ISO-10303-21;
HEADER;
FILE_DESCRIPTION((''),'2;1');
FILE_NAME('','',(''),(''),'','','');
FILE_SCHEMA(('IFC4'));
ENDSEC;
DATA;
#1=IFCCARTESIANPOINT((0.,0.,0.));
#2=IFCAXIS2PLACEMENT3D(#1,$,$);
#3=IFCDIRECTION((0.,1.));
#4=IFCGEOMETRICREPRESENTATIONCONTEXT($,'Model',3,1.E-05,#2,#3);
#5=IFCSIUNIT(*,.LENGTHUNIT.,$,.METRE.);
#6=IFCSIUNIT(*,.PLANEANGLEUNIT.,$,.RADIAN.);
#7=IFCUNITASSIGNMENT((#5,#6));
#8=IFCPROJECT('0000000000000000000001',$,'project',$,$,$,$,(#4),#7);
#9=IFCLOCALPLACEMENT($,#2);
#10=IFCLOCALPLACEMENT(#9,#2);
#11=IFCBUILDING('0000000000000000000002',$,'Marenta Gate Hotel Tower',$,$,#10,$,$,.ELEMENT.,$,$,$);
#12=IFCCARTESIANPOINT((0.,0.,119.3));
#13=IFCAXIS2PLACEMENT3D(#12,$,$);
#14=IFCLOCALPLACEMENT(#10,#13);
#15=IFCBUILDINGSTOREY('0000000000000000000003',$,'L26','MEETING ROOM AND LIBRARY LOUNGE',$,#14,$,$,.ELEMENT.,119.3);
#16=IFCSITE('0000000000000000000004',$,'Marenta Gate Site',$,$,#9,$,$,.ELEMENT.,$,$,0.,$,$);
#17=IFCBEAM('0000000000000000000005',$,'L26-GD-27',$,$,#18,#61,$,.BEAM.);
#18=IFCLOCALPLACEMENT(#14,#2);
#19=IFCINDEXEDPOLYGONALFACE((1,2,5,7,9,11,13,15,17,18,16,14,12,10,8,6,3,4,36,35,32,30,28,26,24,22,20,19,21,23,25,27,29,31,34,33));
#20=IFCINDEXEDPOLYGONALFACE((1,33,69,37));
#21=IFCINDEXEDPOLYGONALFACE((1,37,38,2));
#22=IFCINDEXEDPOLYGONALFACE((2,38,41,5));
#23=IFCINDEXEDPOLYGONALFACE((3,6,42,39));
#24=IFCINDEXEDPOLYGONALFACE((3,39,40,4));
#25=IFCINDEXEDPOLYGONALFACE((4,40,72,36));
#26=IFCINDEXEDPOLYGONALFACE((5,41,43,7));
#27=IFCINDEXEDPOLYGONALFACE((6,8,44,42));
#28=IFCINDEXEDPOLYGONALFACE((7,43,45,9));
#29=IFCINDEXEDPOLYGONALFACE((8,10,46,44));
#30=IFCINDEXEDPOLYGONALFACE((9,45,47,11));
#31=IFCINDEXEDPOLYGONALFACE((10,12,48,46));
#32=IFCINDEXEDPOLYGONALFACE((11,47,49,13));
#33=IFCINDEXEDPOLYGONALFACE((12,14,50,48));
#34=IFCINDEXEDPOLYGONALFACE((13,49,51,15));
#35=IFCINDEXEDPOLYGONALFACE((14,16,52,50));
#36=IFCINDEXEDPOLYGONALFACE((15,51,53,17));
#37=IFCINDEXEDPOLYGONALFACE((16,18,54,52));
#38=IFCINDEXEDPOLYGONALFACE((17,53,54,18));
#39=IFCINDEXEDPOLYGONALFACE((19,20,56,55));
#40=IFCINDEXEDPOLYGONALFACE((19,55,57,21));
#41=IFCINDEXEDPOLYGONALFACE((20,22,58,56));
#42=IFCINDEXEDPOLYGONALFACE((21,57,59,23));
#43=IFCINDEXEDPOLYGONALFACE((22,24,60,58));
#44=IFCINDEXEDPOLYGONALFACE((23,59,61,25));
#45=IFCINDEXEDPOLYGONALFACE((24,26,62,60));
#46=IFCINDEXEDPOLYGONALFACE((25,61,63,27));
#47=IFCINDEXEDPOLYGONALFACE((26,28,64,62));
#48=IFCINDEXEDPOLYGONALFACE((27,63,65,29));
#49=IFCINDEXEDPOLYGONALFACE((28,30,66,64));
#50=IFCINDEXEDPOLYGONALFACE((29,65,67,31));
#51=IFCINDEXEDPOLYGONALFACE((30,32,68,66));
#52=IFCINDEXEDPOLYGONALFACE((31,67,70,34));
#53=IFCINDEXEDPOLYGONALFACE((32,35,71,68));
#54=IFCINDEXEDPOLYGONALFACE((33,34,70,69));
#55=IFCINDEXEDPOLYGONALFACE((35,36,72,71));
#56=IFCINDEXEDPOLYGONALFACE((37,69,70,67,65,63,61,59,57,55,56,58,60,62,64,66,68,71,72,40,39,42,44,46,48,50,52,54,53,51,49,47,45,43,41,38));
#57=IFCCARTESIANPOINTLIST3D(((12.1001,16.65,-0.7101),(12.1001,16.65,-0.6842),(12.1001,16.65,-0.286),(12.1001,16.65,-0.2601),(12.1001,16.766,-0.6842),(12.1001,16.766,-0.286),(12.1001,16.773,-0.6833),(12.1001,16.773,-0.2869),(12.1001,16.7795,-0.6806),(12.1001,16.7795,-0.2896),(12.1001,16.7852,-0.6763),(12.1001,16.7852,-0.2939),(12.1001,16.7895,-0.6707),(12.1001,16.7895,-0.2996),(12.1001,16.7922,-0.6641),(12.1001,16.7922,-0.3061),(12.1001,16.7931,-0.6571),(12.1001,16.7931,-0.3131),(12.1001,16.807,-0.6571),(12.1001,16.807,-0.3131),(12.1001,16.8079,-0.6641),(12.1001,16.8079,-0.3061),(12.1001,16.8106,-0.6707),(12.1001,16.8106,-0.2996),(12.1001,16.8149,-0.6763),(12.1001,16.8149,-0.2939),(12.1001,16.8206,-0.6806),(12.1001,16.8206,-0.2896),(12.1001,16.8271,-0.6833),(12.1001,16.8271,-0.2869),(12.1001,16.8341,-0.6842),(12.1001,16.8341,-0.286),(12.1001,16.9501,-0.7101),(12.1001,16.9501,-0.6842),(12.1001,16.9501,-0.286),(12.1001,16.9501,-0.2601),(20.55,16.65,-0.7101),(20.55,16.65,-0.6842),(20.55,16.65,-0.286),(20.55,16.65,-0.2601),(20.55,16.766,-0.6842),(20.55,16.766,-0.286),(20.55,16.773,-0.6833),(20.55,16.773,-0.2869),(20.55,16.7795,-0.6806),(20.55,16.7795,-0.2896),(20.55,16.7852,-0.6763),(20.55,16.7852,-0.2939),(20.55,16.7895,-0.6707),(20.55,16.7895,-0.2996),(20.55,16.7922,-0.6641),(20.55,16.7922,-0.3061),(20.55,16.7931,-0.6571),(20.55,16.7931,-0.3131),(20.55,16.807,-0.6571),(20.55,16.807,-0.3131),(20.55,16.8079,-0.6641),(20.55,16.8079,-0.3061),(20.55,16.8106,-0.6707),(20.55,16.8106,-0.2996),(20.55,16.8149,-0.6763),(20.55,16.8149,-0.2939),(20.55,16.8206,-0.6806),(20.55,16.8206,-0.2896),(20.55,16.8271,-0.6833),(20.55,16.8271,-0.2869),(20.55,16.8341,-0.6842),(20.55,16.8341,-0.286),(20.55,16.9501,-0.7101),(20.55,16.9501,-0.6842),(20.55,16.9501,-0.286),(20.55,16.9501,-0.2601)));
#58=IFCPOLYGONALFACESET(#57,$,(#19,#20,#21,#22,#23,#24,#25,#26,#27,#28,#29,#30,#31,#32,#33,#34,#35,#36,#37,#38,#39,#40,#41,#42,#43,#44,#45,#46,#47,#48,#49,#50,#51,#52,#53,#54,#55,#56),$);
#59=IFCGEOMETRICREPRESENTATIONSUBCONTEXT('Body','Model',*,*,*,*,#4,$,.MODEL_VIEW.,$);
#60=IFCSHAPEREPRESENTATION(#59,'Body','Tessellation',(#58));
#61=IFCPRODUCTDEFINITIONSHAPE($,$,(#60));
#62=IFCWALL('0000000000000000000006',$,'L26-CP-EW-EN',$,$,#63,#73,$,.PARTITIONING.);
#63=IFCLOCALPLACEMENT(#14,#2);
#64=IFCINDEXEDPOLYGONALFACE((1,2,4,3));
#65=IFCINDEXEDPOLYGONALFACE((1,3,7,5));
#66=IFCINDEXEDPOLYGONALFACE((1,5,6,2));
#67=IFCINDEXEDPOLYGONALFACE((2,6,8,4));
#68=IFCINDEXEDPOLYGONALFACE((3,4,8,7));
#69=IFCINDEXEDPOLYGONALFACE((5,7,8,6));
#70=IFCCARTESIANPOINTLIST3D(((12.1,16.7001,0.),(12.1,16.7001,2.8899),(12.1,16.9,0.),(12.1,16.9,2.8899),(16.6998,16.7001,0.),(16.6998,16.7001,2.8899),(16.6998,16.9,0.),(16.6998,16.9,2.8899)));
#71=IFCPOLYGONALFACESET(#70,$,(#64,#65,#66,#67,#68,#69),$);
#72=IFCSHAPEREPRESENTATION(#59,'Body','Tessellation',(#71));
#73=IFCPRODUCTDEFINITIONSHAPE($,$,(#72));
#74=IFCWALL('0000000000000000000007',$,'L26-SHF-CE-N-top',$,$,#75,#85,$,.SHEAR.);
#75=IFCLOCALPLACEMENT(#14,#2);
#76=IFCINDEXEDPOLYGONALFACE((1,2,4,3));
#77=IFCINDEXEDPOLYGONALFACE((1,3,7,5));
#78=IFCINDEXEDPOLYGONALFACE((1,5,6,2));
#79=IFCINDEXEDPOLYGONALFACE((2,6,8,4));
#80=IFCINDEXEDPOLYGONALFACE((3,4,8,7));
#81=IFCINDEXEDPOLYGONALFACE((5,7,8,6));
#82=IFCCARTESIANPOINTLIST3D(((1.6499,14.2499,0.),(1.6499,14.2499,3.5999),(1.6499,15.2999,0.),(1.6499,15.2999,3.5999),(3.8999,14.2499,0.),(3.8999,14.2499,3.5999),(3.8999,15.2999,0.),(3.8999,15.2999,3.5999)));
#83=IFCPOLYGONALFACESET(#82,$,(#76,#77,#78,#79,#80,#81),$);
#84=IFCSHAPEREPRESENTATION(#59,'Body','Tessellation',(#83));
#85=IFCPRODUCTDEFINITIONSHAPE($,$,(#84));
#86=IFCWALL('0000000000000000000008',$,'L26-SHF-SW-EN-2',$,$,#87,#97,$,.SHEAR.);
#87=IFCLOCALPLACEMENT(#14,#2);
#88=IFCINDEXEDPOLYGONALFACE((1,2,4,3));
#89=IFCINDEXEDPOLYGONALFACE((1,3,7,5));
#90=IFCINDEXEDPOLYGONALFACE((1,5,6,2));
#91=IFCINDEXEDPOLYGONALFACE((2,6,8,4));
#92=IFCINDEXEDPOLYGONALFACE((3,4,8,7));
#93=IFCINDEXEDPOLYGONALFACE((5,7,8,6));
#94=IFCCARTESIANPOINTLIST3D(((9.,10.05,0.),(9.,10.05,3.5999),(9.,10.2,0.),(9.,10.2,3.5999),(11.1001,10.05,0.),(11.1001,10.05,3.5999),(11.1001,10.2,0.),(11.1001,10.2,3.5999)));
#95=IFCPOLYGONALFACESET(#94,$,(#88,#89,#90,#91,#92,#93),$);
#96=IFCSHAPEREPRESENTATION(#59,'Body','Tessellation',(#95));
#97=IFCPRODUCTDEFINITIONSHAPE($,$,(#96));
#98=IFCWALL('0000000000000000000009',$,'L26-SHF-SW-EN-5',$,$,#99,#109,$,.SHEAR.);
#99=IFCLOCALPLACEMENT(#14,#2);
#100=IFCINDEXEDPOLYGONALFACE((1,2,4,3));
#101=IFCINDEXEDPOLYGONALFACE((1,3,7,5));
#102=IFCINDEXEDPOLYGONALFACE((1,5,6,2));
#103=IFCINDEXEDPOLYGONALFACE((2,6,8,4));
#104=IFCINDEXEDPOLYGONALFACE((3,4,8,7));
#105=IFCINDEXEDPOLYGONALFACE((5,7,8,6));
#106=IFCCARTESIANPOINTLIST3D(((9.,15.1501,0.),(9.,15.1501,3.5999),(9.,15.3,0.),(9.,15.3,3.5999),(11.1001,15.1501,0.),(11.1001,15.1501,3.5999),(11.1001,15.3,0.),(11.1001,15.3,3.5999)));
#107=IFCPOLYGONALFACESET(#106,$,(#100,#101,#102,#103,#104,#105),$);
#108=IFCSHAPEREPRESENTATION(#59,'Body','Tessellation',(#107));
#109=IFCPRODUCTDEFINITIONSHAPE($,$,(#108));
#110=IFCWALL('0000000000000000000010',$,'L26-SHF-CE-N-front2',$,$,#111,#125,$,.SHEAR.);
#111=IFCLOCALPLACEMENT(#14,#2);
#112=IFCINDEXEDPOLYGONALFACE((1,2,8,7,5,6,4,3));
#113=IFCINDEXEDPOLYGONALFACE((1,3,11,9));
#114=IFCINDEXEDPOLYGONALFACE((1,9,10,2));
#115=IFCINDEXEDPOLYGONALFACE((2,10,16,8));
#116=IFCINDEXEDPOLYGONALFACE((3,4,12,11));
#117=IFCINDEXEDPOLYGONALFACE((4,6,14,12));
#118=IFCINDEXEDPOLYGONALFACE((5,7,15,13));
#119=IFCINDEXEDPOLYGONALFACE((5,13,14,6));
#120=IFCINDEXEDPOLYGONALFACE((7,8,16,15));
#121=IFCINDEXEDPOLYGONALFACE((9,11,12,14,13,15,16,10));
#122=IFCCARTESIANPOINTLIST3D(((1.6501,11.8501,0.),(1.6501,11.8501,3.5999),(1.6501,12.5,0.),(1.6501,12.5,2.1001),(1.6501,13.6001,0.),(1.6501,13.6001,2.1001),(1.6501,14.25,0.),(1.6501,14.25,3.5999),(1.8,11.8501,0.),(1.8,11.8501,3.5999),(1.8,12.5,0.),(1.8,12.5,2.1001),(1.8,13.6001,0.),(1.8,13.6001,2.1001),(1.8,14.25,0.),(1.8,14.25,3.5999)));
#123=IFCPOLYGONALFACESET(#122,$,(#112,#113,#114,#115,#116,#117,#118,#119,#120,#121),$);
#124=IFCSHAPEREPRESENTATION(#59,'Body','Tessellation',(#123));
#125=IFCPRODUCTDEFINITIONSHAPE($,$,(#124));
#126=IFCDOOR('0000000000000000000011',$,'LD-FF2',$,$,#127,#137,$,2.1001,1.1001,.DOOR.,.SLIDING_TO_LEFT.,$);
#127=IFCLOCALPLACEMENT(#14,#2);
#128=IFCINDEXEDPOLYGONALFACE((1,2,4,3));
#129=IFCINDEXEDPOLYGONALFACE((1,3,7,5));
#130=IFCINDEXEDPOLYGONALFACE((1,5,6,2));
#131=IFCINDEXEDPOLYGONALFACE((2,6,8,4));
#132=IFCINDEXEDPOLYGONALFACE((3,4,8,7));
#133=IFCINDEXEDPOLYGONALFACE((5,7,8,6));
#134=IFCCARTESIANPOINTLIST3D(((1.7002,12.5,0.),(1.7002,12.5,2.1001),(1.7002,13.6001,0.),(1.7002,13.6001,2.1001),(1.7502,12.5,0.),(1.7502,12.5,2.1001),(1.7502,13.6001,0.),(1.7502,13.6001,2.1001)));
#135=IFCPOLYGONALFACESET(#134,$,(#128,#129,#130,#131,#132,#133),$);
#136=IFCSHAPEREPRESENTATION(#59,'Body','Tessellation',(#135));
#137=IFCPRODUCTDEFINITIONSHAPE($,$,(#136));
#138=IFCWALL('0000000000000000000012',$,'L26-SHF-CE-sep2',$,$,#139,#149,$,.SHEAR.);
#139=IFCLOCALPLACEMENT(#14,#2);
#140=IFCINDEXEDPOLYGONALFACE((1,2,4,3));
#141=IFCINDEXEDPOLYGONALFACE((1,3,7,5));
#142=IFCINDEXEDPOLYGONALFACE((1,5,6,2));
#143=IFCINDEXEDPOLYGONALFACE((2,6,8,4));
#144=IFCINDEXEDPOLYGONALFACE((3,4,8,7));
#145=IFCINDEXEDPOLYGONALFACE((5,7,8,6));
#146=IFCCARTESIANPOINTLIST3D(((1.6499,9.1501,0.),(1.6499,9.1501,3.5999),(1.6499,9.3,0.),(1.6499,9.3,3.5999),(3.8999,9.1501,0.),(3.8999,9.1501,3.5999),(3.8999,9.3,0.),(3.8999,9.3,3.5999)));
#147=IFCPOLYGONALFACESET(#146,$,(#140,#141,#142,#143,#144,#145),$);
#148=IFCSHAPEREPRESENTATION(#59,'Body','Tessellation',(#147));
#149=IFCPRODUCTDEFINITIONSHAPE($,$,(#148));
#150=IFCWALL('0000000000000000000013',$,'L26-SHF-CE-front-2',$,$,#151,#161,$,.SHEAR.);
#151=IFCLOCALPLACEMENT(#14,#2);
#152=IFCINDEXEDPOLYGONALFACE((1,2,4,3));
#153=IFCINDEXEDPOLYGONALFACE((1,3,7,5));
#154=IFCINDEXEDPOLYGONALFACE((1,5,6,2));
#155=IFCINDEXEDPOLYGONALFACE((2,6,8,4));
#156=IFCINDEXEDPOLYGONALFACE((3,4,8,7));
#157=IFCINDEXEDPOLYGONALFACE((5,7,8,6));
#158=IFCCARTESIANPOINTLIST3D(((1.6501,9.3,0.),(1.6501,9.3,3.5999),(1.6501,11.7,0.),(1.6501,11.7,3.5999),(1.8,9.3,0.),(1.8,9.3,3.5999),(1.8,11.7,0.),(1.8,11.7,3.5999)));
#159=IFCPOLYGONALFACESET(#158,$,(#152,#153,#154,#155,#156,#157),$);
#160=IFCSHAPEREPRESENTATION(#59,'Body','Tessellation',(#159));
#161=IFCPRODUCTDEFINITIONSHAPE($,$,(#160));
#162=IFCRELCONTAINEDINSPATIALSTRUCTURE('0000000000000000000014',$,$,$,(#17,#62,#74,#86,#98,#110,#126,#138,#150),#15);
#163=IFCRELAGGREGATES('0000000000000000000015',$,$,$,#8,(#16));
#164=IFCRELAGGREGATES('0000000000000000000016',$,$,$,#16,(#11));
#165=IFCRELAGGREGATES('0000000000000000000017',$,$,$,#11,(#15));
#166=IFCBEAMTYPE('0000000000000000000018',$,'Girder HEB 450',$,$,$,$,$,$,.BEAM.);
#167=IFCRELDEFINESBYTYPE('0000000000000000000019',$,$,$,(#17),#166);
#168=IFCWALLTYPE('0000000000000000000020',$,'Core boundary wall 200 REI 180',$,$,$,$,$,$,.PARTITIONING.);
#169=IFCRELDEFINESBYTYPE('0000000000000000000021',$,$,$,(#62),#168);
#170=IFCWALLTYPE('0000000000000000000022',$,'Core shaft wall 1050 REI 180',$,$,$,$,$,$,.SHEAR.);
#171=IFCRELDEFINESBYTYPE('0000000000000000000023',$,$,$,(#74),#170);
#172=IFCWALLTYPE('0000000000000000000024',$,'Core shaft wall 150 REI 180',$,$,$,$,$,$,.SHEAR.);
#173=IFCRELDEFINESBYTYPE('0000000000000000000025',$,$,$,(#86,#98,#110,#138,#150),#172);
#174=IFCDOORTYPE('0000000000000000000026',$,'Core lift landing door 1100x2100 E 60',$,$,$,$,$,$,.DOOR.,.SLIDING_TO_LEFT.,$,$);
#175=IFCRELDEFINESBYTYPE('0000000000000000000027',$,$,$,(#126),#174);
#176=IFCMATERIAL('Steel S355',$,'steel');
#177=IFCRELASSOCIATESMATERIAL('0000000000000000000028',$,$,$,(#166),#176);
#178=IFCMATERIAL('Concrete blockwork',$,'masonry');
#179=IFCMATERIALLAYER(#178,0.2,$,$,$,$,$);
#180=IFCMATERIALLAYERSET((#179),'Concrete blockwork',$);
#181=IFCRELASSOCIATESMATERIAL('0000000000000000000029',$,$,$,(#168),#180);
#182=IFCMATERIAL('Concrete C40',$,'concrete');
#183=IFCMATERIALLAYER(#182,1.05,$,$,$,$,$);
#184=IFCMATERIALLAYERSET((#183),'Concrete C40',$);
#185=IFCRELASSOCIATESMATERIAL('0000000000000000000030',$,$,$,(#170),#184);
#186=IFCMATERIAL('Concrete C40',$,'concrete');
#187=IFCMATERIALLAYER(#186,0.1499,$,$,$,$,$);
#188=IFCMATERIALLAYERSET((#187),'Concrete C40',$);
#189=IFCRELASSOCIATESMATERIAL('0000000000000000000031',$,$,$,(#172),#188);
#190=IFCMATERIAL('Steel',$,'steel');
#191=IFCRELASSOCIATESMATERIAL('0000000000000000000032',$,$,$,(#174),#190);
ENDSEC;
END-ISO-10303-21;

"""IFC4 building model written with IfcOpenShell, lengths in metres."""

from ifc_helpers import new_model, si_unit, direction, frame, frame_2d, origin, origin_2d, place, context, subcontext, project, spatial, rectangle, i_section, extrude, material, layer, layer_set, material_profile, profile_set, type_object, element, fill, save


model = new_model("IFC4")

# Units and contexts
model_context = context("Model", 3, precision=1e-05, world=origin(), true_north=direction((0.0, 1.0)))
body_context = subcontext(model_context, "Body", "Model", "MODEL_VIEW")
ifc_project = project(units=[si_unit("LENGTHUNIT", "METRE"), si_unit("PLANEANGLEUNIT", "RADIAN")], contexts=[model_context])

# Site, building, storey
site_placement = place(None, origin())
site = spatial("IfcSite", under=ifc_project, at=site_placement, Name="Marenta Gate Site", CompositionType="ELEMENT", RefElevation=0.0)
building_placement = place(site_placement, origin())
building = spatial("IfcBuilding", under=site, at=building_placement, Name="Marenta Gate Hotel Tower", CompositionType="ELEMENT")
storey_placement = place(building_placement, frame((0.0, 0.0, 119.3)))
storey = spatial("IfcBuildingStorey", under=building, at=storey_placement, Name="L26", Description="MEETING ROOM AND LIBRARY LOUNGE", CompositionType="ELEMENT", Elevation=119.3)

# Beam
ifc_material_1 = material(Name="Steel S355", Category="steel")
ifc_material_profile = material_profile(ifc_material_1, i_section(OverallWidth=0.3, OverallDepth=0.45, WebThickness=0.0139, FlangeThickness=0.0259, FilletRadius=0.0271, at=origin_2d()), Name="HEB 450")
ifc_profile_set = profile_set([ifc_material_profile], Name="Steel S355")
beam_type = type_object("IfcBeamType", Name="Girder HEB 450", PredefinedType="BEAM", material=ifc_profile_set)
beam_placement = place(storey_placement, frame((12.1001, 16.8, -0.4851), z_axis=(1.0, 0.0, 0.0), x_axis=(0.0, 1.0, 0.0)))
element("IfcBeam", 1, at=beam_placement, inside=storey, type_object=beam_type, Name="L26-GD-27", PredefinedType="BEAM", context=body_context, shape_type="SweptSolid", body=[
    extrude(i_section(OverallWidth=0.3, OverallDepth=0.45, WebThickness=0.0139, FlangeThickness=0.0259, FilletRadius=0.0271, at=origin_2d()), origin(), (0.0, 0.0, 1.0), 8.45),
])

# Walls
ifc_material_2 = material(Name="Concrete blockwork", Category="masonry")
ifc_layer_1 = layer(ifc_material_2, 0.2)
ifc_layer_set_1 = layer_set([ifc_layer_1], Name="Concrete blockwork")
wall_type_1 = type_object("IfcWallType", Name="Core boundary wall 200 REI 180", PredefinedType="PARTITIONING", material=ifc_layer_set_1)
wall_1_placement = place(storey_placement, frame((12.1001, 16.8, 0.0), z_axis=(0.0, 0.0, 1.0), x_axis=(1.0, 0.0, 0.0)))
element("IfcWall", 2, at=wall_1_placement, inside=storey, type_object=wall_type_1, Name="L26-CP-EW-EN", PredefinedType="PARTITIONING", context=body_context, shape_type="SweptSolid", body=[
    extrude(rectangle(XDim=4.5999, YDim=0.2, at=frame_2d((2.2998, 0.0))), origin(), (0.0, 0.0, 1.0), 2.8899),
])
ifc_material_3 = material(Name="Concrete C40", Category="concrete")
ifc_layer_2 = layer(ifc_material_3, 1.05)
ifc_layer_set_2 = layer_set([ifc_layer_2], Name="Concrete C40")
wall_type_2 = type_object("IfcWallType", Name="Core shaft wall 1050 REI 180", PredefinedType="SHEAR", material=ifc_layer_set_2)
wall_2_placement = place(storey_placement, frame((1.6499, 14.7749, 0.0), z_axis=(0.0, 0.0, 1.0), x_axis=(1.0, 0.0, 0.0)))
element("IfcWall", 3, at=wall_2_placement, inside=storey, type_object=wall_type_2, Name="L26-SHF-CE-N-top", PredefinedType="SHEAR", context=body_context, shape_type="SweptSolid", body=[
    extrude(rectangle(XDim=2.25, YDim=1.05, at=frame_2d((1.125, 0.0))), origin(), (0.0, 0.0, 1.0), 3.5999),
])
ifc_material_4 = material(Name="Concrete C40", Category="concrete")
ifc_layer_3 = layer(ifc_material_4, 0.1499)
ifc_layer_set_3 = layer_set([ifc_layer_3], Name="Concrete C40")
wall_type_3 = type_object("IfcWallType", Name="Core shaft wall 150 REI 180", PredefinedType="SHEAR", material=ifc_layer_set_3)
for number, where, z_axis, x_axis, name in (
    (4, (9.0, 10.125, 0.0), (0.0, 0.0, 1.0), (1.0, 0.0, 0.0), "L26-SHF-SW-EN-2"),
    (5, (9.0, 15.2251, 0.0), (0.0, 0.0, 1.0), (1.0, 0.0, 0.0), "L26-SHF-SW-EN-5"),
):
    element("IfcWall", number, at=place(storey_placement, frame(where, z_axis=z_axis, x_axis=x_axis)), inside=storey, type_object=wall_type_3, Name=name, PredefinedType="SHEAR", context=body_context, shape_type="SweptSolid", body=[
        extrude(rectangle(XDim=2.1001, YDim=0.1499, at=frame_2d((1.05, 0.0))), origin(), (0.0, 0.0, 1.0), 3.5999),
    ])

# Wall, opening, door
wall_3_placement = place(storey_placement, frame((1.7251, 11.8501, 0.0), z_axis=(0.0, 0.0, 1.0), x_axis=(0.0, 1.0, 0.0)))
wall_3 = element("IfcWall", 6, at=wall_3_placement, inside=storey, type_object=wall_type_3, Name="L26-SHF-CE-N-front2", PredefinedType="SHEAR", context=body_context, shape_type="SweptSolid", body=[
    extrude(rectangle(XDim=2.3999, YDim=0.1499, at=frame_2d((1.2, 0.0))), origin(), (0.0, 0.0, 1.0), 3.5999),
])
opening_1_placement = place(wall_3_placement, frame((0.6499, 0.0, 0.0)))
opening_1 = element("IfcOpeningElement", 7, at=opening_1_placement, cuts=wall_3, PredefinedType="OPENING", context=body_context, shape_type="SweptSolid", body=[
    extrude(rectangle(XDim=1.1001, YDim=2.1001, at=frame_2d((0.55, 1.05))), frame((0.0, 0.075, 0.0), z_axis=(0.0, -1.0, 0.0), x_axis=(1.0, 0.0, 0.0)), (0.0, 0.0, 1.0), 0.1499),
])
ifc_material_5 = material(Name="Steel", Category="steel")
door_type_1 = type_object("IfcDoorType", Name="Core lift landing door 1100x2100 E 60", OperationType="SLIDING_TO_LEFT", PredefinedType="DOOR", material=ifc_material_5)
door_1_placement = place(opening_1_placement, origin())
door_1 = element("IfcDoor", 8, at=door_1_placement, inside=storey, type_object=door_type_1, Name="LD-FF2", OperationType="SLIDING_TO_LEFT", OverallHeight=2.1001, OverallWidth=1.1001, PredefinedType="DOOR", context=body_context, shape_type="SweptSolid", body=[
    extrude(rectangle(XDim=1.1001, YDim=2.1001, at=frame_2d((0.55, 1.05))), frame((0.0, 0.0249, 0.0), z_axis=(0.0, -1.0, 0.0), x_axis=(1.0, 0.0, 0.0)), (0.0, 0.0, 1.0), 0.05),
])
fill(opening_1, door_1)

# Walls
wall_4_placement = place(storey_placement, frame((1.6499, 9.2251, 0.0), z_axis=(0.0, 0.0, 1.0), x_axis=(1.0, 0.0, 0.0)))
element("IfcWall", 9, at=wall_4_placement, inside=storey, type_object=wall_type_3, Name="L26-SHF-CE-sep2", PredefinedType="SHEAR", context=body_context, shape_type="SweptSolid", body=[
    extrude(rectangle(XDim=2.25, YDim=0.1499, at=frame_2d((1.125, 0.0))), origin(), (0.0, 0.0, 1.0), 3.5999),
])
wall_5_placement = place(storey_placement, frame((1.7251, 9.3, 0.0), z_axis=(0.0, 0.0, 1.0), x_axis=(0.0, 1.0, 0.0)))
element("IfcWall", 10, at=wall_5_placement, inside=storey, type_object=wall_type_3, Name="L26-SHF-CE-front-2", PredefinedType="SHEAR", context=body_context, shape_type="SweptSolid", body=[
    extrude(rectangle(XDim=2.3999, YDim=0.1499, at=frame_2d((1.2, 0.0))), origin(), (0.0, 0.0, 1.0), 3.5999),
])

save(model, "model.ifc")
